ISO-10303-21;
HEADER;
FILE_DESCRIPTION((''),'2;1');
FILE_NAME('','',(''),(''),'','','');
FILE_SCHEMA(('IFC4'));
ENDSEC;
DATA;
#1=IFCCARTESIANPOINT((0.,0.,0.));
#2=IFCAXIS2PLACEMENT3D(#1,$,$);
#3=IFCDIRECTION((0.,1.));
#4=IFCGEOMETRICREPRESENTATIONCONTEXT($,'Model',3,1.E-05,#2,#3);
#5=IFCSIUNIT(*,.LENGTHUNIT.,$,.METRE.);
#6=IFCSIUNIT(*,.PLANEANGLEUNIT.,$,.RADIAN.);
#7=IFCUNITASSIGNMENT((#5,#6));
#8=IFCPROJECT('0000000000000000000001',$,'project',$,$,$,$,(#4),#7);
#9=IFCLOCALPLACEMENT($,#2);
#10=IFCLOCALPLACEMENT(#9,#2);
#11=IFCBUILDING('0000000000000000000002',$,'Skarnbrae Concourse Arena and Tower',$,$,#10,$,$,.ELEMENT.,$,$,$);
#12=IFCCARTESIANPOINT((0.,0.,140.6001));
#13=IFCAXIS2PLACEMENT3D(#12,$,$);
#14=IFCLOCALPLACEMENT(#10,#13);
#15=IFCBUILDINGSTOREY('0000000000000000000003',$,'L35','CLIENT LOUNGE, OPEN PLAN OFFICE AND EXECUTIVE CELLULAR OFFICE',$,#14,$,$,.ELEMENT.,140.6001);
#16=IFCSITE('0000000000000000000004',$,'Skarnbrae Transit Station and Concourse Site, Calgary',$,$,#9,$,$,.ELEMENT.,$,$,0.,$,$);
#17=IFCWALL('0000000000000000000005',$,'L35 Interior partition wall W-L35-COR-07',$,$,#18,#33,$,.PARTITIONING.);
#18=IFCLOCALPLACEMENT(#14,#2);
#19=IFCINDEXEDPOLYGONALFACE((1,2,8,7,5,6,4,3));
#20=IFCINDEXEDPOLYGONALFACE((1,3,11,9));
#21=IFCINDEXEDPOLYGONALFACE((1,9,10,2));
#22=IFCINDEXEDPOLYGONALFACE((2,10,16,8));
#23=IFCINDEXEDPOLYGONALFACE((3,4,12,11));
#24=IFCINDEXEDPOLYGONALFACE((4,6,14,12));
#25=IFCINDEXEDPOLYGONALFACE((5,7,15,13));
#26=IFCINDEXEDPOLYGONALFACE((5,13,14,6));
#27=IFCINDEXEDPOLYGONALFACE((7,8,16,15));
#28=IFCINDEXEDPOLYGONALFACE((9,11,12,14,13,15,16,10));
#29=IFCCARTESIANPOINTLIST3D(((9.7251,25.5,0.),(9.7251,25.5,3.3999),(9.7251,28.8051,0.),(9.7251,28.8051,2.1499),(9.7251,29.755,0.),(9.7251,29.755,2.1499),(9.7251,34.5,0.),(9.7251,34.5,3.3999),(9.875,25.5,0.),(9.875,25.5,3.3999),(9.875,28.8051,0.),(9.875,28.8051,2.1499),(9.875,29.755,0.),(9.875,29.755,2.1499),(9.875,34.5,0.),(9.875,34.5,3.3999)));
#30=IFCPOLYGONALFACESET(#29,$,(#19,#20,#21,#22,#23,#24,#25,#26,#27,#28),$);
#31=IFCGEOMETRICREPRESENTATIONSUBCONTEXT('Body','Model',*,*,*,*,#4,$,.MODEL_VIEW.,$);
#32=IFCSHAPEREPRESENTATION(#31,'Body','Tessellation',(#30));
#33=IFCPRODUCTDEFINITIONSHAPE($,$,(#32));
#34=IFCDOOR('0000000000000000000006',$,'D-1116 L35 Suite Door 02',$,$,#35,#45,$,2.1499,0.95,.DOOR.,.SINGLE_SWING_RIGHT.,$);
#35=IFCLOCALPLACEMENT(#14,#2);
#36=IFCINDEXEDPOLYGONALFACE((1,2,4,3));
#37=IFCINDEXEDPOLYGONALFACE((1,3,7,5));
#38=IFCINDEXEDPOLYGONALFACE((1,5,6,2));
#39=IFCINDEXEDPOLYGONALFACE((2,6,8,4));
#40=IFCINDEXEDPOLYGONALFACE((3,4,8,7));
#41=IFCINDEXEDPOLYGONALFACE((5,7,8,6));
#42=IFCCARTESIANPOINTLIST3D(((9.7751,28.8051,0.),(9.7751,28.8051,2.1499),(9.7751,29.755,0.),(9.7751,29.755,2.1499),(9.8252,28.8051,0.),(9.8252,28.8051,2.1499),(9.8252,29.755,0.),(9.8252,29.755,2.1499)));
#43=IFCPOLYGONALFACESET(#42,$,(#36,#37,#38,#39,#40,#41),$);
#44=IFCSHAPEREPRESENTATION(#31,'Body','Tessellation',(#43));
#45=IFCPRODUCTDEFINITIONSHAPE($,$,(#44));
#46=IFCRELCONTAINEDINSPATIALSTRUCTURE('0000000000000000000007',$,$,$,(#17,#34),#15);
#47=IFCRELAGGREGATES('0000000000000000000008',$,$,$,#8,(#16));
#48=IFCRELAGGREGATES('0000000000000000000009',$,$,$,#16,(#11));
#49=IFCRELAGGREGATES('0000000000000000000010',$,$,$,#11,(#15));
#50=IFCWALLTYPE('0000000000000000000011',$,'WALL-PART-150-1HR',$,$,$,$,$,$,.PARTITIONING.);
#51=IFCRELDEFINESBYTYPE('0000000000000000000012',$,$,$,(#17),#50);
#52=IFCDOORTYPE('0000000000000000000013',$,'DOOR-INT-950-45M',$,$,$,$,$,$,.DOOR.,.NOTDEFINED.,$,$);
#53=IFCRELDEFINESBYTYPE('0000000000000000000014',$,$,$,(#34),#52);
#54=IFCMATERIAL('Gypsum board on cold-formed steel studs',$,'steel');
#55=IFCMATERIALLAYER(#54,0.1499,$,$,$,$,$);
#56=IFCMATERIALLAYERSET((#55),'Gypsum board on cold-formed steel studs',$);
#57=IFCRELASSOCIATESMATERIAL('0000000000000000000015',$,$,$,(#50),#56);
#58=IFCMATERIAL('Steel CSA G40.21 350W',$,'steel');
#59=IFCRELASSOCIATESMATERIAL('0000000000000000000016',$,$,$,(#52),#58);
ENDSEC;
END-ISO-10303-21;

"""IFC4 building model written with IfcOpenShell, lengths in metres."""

from ifc_helpers import new_model, si_unit, direction, frame, frame_2d, origin, place, context, subcontext, project, spatial, rectangle, extrude, source, transform, mapped, material, layer, layer_set, type_object, element, fill, save


model = new_model("IFC4")

# Units and contexts
model_context = context("Model", 3, precision=1e-05, world=origin(), true_north=direction((0.0, 1.0)))
body_context = subcontext(model_context, "Body", "Model", "MODEL_VIEW")
ifc_project = project(units=[si_unit("LENGTHUNIT", "METRE"), si_unit("PLANEANGLEUNIT", "RADIAN")], contexts=[model_context])

# Site, building, storey
site_placement = place(None, origin())
site = spatial("IfcSite", under=ifc_project, at=site_placement, Name="Skarnbrae Transit Station and Concourse Site, Calgary", CompositionType="ELEMENT", RefElevation=0.0)
building_placement = place(site_placement, origin())
building = spatial("IfcBuilding", under=site, at=building_placement, Name="Skarnbrae Concourse Arena and Tower", CompositionType="ELEMENT")
storey_placement = place(building_placement, frame((0.0, 0.0, 140.6001)))
storey = spatial("IfcBuildingStorey", under=building, at=storey_placement, Name="L35", Description="CLIENT LOUNGE, OPEN PLAN OFFICE AND EXECUTIVE CELLULAR OFFICE", CompositionType="ELEMENT", Elevation=140.6001)

# Shared definitions
ifc_material_1 = material(Name="Steel CSA G40.21 350W", Category="steel")

# Shared definitions
ifc_material_2 = material(Name="Gypsum board on cold-formed steel studs", Category="steel")
ifc_layer_1 = layer(ifc_material_2, 0.1499)
ifc_layer_set_1 = layer_set([ifc_layer_1], Name="Gypsum board on cold-formed steel studs")
wall_type_1 = type_object("IfcWallType", Name="WALL-PART-150-1HR", PredefinedType="PARTITIONING", material=ifc_layer_set_1)

# Wall, opening, door
shared_shape_1 = source(origin(), body_context, "Body", "SweptSolid", [
    extrude(rectangle(XDim=9.0, YDim=0.1499, at=frame_2d((4.5, 0.0))), origin(), (0.0, 0.0, 1.0), 3.3999),
])
wall_1_placement = place(storey_placement, frame((9.8, 25.5, 0.0), z_axis=(0.0, 0.0, 1.0), x_axis=(0.0, 1.0, 0.0)))
wall_1 = element("IfcWall", 1, at=wall_1_placement, inside=storey, type_object=wall_type_1, Name="L35 Interior partition wall W-L35-COR-07", PredefinedType="PARTITIONING", context=body_context, shape_type="MappedRepresentation", body=[
    mapped(shared_shape_1, transform((0.0, 0.0, 0.0))),
])
opening_placement = place(wall_1_placement, frame((3.3049, 0.0, 0.0)))
opening = element("IfcOpeningElement", 2, at=opening_placement, cuts=wall_1, PredefinedType="OPENING", context=body_context, shape_type="SweptSolid", body=[
    extrude(rectangle(XDim=0.95, YDim=2.1499, at=frame_2d((0.4751, 1.075))), frame((0.0, 0.085, 0.0), z_axis=(0.0, -1.0, 0.0), x_axis=(1.0, 0.0, 0.0)), (0.0, 0.0, 1.0), 0.1699),
])
door_type = type_object("IfcDoorType", Name="DOOR-INT-950-45M", OperationType="NOTDEFINED", PredefinedType="DOOR", material=ifc_material_1)
shared_shape_2 = source(origin(), body_context, "Body", "SweptSolid", [
    extrude(rectangle(XDim=0.95, YDim=2.1499, at=frame_2d((0.4751, 1.075))), frame((0.0, 0.0249, 0.0), z_axis=(0.0, -1.0, 0.0), x_axis=(1.0, 0.0, 0.0)), (0.0, 0.0, 1.0), 0.05),
])
door_placement = place(opening_placement, origin())
door = element("IfcDoor", 3, at=door_placement, inside=storey, type_object=door_type, Name="D-1116 L35 Suite Door 02", OperationType="SINGLE_SWING_RIGHT", OverallHeight=2.1499, OverallWidth=0.95, PredefinedType="DOOR", context=body_context, shape_type="MappedRepresentation", body=[
    mapped(shared_shape_2, transform((0.0, 0.0, 0.0))),
])
fill(opening, door)

save(model, "model.ifc")
